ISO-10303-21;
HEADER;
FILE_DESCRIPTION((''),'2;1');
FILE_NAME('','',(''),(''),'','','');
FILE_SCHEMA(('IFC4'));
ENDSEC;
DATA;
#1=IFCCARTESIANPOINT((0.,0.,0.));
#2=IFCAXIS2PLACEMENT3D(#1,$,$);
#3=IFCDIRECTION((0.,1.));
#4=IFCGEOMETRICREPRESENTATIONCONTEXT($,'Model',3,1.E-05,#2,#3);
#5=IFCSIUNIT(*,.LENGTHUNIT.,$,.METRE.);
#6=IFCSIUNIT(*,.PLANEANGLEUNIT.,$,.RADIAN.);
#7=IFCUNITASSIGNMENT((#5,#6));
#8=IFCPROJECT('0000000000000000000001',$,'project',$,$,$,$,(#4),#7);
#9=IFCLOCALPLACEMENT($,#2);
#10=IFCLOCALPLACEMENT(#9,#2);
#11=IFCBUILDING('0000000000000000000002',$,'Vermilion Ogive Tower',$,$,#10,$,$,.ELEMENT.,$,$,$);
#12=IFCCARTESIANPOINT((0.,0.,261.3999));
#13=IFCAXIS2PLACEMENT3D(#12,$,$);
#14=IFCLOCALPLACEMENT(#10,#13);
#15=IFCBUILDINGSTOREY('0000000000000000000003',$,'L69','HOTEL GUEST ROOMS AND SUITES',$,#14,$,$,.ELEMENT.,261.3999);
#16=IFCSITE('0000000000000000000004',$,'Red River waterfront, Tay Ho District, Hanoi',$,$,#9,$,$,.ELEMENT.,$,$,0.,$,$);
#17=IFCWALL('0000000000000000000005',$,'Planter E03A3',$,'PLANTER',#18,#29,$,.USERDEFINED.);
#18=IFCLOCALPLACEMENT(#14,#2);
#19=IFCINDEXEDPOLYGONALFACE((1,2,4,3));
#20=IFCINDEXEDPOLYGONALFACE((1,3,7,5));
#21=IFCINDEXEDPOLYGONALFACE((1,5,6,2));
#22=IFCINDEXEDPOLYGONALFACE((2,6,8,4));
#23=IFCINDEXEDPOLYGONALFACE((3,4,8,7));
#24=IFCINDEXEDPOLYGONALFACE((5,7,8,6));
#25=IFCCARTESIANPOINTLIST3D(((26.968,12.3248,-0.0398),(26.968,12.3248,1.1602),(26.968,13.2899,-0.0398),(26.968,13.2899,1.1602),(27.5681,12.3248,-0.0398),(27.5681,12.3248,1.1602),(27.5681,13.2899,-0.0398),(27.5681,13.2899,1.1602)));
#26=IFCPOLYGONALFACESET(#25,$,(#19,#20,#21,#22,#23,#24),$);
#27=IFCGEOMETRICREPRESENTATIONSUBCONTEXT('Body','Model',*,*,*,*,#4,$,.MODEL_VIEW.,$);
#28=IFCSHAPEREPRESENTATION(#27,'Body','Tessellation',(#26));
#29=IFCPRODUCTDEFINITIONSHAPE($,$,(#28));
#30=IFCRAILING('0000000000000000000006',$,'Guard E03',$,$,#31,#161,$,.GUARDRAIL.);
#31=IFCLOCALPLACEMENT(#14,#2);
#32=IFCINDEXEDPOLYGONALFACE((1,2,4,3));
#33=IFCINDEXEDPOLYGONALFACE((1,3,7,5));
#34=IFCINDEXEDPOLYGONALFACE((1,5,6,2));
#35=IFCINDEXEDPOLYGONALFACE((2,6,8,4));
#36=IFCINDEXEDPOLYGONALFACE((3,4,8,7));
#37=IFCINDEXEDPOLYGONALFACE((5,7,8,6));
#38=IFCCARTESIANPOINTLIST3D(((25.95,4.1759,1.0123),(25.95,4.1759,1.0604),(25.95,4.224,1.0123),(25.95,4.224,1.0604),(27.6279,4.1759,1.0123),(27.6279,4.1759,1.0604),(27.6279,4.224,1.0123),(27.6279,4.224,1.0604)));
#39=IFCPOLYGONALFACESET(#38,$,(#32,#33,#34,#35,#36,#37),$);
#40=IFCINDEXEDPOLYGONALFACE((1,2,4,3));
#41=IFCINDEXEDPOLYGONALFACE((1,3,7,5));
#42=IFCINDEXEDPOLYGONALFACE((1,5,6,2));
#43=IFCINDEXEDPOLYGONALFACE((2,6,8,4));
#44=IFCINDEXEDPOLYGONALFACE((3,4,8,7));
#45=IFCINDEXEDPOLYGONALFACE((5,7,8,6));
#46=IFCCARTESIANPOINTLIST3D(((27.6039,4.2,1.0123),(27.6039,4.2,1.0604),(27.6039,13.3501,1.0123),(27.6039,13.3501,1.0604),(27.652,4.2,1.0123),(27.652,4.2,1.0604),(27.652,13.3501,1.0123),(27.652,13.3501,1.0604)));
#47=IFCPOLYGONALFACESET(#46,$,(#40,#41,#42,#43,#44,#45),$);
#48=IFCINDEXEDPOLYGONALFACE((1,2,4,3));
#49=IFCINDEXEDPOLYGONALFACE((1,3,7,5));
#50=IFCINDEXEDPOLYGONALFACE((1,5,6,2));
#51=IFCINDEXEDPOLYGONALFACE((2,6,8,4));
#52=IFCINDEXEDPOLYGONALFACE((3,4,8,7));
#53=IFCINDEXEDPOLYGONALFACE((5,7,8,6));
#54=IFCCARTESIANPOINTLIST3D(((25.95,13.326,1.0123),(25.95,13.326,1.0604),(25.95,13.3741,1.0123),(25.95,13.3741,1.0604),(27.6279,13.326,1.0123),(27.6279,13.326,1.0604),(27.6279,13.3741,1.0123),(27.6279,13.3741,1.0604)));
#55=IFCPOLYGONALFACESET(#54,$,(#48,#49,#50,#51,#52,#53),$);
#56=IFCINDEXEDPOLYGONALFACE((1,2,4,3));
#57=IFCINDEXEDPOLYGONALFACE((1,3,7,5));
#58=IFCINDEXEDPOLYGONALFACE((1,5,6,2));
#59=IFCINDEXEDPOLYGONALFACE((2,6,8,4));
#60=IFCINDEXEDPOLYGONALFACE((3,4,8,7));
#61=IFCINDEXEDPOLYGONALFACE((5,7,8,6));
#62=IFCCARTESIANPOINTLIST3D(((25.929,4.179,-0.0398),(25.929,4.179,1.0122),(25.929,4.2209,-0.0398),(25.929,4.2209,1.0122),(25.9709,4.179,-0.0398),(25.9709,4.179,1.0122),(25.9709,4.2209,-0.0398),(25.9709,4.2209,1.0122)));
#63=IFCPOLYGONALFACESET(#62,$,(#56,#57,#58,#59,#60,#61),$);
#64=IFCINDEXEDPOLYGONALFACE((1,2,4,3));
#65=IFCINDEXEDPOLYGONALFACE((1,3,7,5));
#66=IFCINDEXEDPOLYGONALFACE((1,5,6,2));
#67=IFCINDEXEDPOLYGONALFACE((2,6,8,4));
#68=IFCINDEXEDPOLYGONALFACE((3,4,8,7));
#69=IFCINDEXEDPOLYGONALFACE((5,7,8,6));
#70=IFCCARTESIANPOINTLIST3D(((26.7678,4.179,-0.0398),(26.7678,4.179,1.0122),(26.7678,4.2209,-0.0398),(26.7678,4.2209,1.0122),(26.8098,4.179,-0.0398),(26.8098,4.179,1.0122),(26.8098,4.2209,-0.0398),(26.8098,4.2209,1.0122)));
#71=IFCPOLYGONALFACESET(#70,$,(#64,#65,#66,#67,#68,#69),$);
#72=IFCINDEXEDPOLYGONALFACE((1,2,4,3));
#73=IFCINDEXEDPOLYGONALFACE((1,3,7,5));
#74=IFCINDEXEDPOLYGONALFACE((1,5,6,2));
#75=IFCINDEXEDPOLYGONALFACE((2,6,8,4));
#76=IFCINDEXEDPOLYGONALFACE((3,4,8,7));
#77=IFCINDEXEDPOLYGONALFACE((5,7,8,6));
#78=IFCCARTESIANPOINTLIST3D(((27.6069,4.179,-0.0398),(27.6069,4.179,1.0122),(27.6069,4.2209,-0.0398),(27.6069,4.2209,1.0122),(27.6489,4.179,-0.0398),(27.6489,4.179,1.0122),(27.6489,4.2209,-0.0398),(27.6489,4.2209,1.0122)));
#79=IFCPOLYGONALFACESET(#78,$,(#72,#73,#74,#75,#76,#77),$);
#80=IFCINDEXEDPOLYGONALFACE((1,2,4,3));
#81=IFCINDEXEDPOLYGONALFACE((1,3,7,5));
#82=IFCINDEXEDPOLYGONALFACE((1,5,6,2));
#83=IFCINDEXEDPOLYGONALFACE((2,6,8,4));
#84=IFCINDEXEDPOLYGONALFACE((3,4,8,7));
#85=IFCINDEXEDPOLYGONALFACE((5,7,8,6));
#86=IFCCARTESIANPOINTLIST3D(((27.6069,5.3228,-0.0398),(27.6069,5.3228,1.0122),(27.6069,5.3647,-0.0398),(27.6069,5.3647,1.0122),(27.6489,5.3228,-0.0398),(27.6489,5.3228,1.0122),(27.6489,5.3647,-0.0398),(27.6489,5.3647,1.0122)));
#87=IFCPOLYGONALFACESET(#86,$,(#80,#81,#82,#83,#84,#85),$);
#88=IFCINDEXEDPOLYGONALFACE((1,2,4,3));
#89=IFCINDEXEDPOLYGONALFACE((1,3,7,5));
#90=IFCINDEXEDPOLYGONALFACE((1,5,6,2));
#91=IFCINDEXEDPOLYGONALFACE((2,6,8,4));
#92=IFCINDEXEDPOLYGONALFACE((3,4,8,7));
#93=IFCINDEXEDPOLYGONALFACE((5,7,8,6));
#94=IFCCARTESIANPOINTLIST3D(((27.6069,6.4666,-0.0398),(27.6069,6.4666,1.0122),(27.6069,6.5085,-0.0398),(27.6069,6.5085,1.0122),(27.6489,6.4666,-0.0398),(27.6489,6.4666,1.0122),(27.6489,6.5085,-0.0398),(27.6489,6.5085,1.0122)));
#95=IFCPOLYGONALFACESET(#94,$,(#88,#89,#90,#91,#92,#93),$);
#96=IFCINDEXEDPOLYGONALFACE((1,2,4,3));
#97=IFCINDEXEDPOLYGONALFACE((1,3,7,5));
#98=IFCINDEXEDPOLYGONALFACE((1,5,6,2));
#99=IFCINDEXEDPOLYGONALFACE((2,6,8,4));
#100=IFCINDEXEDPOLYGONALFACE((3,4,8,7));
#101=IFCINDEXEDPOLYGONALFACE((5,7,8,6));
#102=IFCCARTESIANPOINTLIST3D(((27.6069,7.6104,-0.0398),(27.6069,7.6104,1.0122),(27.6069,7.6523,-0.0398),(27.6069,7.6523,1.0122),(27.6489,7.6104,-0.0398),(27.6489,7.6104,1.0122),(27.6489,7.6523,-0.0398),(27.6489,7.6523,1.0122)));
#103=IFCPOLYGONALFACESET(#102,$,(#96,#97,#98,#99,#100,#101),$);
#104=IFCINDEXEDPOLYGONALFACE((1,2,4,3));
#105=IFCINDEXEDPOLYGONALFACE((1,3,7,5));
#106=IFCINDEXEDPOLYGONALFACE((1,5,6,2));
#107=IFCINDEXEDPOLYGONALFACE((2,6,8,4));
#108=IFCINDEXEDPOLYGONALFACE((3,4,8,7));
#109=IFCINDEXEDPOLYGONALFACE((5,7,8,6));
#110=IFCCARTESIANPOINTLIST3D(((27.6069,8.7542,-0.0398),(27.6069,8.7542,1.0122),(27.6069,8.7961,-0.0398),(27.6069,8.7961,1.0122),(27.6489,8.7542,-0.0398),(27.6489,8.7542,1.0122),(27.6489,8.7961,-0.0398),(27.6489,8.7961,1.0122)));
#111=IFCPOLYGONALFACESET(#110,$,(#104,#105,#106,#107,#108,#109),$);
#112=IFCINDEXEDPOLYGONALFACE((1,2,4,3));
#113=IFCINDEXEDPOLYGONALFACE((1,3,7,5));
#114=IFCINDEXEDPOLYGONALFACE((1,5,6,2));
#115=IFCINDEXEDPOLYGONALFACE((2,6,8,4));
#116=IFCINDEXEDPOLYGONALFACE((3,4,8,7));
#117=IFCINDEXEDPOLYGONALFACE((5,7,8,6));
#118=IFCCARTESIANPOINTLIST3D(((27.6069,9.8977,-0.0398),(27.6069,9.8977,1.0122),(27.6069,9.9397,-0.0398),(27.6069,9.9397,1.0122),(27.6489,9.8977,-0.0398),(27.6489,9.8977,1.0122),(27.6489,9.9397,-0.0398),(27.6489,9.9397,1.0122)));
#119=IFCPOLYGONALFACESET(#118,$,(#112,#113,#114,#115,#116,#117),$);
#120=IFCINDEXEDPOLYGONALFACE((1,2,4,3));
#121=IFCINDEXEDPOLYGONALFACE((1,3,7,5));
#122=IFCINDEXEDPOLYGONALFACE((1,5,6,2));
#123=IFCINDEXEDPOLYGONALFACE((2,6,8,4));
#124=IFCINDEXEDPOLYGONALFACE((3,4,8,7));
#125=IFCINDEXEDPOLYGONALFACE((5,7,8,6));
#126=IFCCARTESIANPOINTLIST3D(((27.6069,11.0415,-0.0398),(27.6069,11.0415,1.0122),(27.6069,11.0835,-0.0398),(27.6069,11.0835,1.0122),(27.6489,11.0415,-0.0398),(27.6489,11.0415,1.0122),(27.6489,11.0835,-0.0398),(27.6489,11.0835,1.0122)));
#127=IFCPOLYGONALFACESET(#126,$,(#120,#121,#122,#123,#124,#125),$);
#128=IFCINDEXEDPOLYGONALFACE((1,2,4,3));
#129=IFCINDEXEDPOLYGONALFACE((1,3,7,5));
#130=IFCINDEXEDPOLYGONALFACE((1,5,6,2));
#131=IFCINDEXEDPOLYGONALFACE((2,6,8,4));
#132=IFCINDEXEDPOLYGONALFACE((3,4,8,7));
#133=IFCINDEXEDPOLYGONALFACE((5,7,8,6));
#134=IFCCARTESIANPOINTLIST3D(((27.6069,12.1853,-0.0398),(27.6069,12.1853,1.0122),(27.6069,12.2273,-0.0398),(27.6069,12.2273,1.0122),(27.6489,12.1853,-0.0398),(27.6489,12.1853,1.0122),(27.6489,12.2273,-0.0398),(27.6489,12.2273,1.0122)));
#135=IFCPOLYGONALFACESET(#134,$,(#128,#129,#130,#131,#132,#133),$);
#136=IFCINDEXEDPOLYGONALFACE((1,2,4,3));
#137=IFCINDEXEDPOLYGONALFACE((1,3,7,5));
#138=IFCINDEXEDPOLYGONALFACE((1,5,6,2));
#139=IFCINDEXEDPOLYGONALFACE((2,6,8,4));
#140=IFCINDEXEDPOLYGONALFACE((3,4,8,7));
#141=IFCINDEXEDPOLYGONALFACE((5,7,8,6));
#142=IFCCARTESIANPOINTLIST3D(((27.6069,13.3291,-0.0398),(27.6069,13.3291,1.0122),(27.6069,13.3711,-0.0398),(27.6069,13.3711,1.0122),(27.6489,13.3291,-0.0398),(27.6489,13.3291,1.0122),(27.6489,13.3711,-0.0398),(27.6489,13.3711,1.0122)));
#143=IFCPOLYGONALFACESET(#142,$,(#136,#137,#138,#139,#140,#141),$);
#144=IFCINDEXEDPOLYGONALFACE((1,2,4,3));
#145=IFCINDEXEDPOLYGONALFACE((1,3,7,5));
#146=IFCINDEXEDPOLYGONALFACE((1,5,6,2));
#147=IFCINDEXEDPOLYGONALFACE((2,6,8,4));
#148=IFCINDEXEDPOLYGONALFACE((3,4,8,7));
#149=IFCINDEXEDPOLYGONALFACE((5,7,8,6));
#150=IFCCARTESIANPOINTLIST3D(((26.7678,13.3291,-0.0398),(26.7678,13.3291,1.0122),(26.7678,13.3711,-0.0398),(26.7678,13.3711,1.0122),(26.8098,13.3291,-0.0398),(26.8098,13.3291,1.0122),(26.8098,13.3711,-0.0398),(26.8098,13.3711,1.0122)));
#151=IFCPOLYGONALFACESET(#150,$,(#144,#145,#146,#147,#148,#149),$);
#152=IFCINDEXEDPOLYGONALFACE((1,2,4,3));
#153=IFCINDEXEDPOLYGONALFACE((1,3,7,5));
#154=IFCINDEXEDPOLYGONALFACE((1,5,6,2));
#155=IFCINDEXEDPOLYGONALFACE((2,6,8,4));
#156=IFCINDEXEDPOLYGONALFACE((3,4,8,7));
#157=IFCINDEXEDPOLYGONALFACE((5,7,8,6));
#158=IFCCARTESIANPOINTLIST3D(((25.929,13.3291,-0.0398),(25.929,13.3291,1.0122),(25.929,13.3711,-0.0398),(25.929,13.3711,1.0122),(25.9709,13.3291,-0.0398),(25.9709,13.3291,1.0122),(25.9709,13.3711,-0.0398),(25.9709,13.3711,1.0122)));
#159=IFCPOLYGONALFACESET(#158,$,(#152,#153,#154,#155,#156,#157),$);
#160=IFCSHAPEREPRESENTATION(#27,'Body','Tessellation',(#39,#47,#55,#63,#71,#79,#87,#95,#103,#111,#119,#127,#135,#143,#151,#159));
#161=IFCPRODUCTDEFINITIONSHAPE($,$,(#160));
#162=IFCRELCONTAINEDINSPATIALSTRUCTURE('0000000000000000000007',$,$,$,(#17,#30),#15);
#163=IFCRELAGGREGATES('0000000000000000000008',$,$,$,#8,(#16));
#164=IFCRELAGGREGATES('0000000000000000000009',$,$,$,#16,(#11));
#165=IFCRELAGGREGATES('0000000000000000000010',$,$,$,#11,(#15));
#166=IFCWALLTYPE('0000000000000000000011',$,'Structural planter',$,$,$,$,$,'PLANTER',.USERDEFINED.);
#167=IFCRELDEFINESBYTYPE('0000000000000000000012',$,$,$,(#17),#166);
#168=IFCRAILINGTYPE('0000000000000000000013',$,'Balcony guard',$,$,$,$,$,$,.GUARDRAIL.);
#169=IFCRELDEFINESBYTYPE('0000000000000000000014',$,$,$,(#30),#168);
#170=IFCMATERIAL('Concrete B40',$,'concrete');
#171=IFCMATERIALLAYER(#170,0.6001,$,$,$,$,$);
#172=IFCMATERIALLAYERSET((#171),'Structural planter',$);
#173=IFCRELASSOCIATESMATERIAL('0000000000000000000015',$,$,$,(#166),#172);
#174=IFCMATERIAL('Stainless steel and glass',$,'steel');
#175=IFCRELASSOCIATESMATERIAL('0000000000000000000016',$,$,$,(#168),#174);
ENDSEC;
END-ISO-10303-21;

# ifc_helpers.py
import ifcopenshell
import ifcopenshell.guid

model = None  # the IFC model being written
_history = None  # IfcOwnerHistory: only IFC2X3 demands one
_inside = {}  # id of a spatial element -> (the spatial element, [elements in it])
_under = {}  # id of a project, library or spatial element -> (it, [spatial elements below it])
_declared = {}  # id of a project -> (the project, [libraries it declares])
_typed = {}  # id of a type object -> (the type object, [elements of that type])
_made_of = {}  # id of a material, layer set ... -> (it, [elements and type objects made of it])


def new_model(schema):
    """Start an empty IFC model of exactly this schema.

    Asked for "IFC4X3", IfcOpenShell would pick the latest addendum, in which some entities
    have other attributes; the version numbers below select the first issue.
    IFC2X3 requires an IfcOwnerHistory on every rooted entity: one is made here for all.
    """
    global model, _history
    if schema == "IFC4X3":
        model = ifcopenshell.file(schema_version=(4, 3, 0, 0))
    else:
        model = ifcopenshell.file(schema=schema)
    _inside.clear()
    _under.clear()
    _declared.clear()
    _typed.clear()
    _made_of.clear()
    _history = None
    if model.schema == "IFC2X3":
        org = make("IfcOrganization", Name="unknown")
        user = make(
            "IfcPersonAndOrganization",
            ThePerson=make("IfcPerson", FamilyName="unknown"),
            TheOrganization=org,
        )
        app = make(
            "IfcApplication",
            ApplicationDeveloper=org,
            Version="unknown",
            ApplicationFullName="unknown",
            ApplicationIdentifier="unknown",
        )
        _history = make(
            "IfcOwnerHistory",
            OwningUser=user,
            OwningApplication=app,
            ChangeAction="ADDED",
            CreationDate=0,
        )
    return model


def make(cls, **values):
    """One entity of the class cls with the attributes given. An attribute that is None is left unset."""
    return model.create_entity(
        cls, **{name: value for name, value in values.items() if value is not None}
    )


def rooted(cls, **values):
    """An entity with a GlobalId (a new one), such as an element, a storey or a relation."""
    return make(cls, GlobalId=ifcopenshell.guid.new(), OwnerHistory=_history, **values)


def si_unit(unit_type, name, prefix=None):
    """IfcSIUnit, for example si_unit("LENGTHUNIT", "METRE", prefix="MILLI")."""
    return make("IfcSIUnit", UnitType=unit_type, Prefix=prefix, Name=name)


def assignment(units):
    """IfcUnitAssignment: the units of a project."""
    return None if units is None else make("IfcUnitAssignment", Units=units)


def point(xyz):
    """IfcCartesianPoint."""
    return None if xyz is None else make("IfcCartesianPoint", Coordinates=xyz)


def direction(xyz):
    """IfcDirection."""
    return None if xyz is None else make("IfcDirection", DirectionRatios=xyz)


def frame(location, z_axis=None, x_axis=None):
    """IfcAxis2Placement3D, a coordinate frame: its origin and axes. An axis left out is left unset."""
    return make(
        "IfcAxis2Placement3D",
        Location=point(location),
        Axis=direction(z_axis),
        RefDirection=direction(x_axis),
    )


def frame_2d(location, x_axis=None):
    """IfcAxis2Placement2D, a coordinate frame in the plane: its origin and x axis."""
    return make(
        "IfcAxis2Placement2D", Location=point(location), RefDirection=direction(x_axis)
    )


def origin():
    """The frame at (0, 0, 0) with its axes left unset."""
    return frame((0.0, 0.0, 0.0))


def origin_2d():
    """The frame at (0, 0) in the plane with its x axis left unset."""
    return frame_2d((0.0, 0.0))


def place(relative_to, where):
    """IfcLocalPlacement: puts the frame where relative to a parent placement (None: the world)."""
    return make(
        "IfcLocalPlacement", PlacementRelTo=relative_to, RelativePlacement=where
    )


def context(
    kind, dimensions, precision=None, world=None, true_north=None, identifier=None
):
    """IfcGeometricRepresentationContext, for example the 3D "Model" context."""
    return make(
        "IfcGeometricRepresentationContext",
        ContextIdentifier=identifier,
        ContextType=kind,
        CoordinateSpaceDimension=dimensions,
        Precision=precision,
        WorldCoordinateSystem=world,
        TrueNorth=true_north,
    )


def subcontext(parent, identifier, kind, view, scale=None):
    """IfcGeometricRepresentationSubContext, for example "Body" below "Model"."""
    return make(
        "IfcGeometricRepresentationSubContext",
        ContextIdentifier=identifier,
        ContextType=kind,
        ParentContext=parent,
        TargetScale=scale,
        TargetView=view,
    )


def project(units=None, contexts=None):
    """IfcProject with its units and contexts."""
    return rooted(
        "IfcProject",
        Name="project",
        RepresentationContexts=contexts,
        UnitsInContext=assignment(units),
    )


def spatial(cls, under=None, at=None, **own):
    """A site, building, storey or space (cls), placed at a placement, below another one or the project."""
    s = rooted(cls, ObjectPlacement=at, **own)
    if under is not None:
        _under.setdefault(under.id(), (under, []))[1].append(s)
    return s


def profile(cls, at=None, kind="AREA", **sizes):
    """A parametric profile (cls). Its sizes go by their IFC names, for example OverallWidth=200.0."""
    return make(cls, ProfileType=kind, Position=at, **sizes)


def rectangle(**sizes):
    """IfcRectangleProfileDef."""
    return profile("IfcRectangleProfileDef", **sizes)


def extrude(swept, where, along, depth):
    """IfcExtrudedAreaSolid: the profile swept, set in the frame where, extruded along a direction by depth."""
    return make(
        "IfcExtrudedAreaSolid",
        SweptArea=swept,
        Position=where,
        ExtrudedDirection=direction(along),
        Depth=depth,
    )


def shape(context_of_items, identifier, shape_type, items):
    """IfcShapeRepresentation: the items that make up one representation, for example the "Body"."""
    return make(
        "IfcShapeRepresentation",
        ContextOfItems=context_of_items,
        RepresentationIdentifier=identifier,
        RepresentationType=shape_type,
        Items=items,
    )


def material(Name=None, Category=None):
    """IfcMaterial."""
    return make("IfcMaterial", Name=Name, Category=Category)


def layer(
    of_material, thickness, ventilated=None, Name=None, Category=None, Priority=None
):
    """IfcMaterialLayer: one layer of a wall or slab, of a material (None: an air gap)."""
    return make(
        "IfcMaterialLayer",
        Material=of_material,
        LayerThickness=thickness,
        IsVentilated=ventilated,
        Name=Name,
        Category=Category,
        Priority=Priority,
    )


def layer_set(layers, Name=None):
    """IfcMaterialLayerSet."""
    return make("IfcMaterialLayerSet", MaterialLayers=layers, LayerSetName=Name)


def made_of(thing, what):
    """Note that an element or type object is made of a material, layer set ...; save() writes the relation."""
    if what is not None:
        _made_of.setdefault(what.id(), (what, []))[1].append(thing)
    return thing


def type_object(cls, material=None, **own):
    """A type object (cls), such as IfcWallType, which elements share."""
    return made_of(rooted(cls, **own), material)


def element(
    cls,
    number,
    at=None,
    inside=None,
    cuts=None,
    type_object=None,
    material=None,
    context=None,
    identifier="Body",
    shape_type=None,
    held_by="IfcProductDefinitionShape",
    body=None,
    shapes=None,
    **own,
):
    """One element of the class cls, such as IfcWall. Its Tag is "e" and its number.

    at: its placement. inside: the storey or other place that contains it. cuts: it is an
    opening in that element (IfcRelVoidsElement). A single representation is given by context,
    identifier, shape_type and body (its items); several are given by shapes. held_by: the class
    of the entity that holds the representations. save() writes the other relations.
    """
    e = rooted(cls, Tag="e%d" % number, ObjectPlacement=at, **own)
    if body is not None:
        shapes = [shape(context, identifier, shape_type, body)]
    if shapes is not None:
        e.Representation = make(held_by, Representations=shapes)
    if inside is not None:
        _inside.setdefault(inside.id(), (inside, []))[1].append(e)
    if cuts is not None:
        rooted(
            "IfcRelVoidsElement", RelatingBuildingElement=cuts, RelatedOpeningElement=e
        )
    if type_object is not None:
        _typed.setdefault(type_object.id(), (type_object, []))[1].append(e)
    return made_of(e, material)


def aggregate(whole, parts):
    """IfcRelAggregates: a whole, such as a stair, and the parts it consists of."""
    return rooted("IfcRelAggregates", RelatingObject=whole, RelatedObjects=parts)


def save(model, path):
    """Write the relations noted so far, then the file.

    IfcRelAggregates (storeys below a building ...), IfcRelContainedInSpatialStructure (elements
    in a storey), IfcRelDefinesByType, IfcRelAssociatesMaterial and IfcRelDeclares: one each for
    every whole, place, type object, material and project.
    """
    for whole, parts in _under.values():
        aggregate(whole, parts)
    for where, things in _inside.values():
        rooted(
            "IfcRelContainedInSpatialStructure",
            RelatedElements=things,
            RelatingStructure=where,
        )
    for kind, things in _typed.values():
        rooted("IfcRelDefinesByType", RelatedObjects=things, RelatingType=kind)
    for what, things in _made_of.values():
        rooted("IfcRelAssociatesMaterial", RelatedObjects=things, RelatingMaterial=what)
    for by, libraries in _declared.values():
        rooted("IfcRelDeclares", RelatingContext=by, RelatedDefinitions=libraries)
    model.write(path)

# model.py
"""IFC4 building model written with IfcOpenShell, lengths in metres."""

from ifc_helpers import new_model, si_unit, direction, frame, frame_2d, origin, origin_2d, place, context, subcontext, project, spatial, rectangle, extrude, material, layer, layer_set, type_object, element, save


model = new_model("IFC4")

# Units and contexts
model_context = context("Model", 3, precision=1e-05, world=origin(), true_north=direction((0.0, 1.0)))
body_context = subcontext(model_context, "Body", "Model", "MODEL_VIEW")
ifc_project = project(units=[si_unit("LENGTHUNIT", "METRE"), si_unit("PLANEANGLEUNIT", "RADIAN")], contexts=[model_context])

# Site, building, storey
site_placement = place(None, origin())
site = spatial("IfcSite", under=ifc_project, at=site_placement, Name="Red River waterfront, Tay Ho District, Hanoi", CompositionType="ELEMENT", RefElevation=0.0)
building_placement = place(site_placement, origin())
building = spatial("IfcBuilding", under=site, at=building_placement, Name="Vermilion Ogive Tower", CompositionType="ELEMENT")
storey_placement = place(building_placement, frame((0.0, 0.0, 261.3999)))
storey = spatial("IfcBuildingStorey", under=building, at=storey_placement, Name="L69", Description="HOTEL GUEST ROOMS AND SUITES", CompositionType="ELEMENT", Elevation=261.3999)

# Wall
ifc_material_1 = material(Name="Concrete B40", Category="concrete")
ifc_layer_1 = layer(ifc_material_1, 0.6001)
ifc_layer_set_1 = layer_set([ifc_layer_1], Name="Structural planter")
wall_type_1 = type_object("IfcWallType", Name="Structural planter", ElementType="PLANTER", PredefinedType="USERDEFINED", material=ifc_layer_set_1)
wall_1_placement = place(storey_placement, frame((27.2681, 12.325, -0.0398), z_axis=(0.0, 0.0, 1.0), x_axis=(0.0, 1.0, 0.0)))
element("IfcWall", 1, at=wall_1_placement, inside=storey, type_object=wall_type_1, Name="Planter E03A3", ObjectType="PLANTER", PredefinedType="USERDEFINED", context=body_context, shape_type="SweptSolid", body=[
    extrude(rectangle(XDim=0.9651, YDim=0.6001, at=frame_2d((0.4824, 0.0))), origin(), (0.0, 0.0, 1.0), 1.2),
])

# Railing
ifc_material_2 = material(Name="Stainless steel and glass", Category="steel")
railing_type = type_object("IfcRailingType", Name="Balcony guard", PredefinedType="GUARDRAIL", material=ifc_material_2)
railing_placement = place(storey_placement, frame((25.95, 4.2, -0.0398)))
element("IfcRailing", 2, at=railing_placement, inside=storey, type_object=railing_type, Name="Guard E03", PredefinedType="GUARDRAIL", context=body_context, shape_type="SweptSolid", body=[
    extrude(rectangle(XDim=0.0481, YDim=0.0481, at=origin_2d()), frame((0.0, 0.0, 1.0762), z_axis=(1.0, 0.0, 0.0), x_axis=(0.0, 1.0, 0.0)), (0.0, 0.0, 1.0), 1.678),
    extrude(rectangle(XDim=0.0481, YDim=0.0481, at=origin_2d()), frame((1.678, 0.0, 1.0762), z_axis=(0.0, 1.0, 0.0), x_axis=(-1.0, 0.0, 0.0)), (0.0, 0.0, 1.0), 9.1501),
    extrude(rectangle(XDim=0.0481, YDim=0.0481, at=origin_2d()), frame((1.678, 9.1501, 1.0762), z_axis=(-1.0, 0.0, 0.0), x_axis=(0.0, -1.0, 0.0)), (0.0, 0.0, 1.0), 1.678),
    extrude(rectangle(XDim=0.042, YDim=0.042, at=origin_2d()), origin(), (0.0, 0.0, 1.0), 1.052),
    extrude(rectangle(XDim=0.042, YDim=0.042, at=origin_2d()), frame((0.8389, 0.0, 0.0)), (0.0, 0.0, 1.0), 1.052),
    extrude(rectangle(XDim=0.042, YDim=0.042, at=origin_2d()), frame((1.678, 0.0, 0.0)), (0.0, 0.0, 1.0), 1.052),
    extrude(rectangle(XDim=0.042, YDim=0.042, at=origin_2d()), frame((1.678, 1.1438, 0.0)), (0.0, 0.0, 1.0), 1.052),
    extrude(rectangle(XDim=0.042, YDim=0.042, at=origin_2d()), frame((1.678, 2.2876, 0.0)), (0.0, 0.0, 1.0), 1.052),
    extrude(rectangle(XDim=0.042, YDim=0.042, at=origin_2d()), frame((1.678, 3.4314, 0.0)), (0.0, 0.0, 1.0), 1.052),
    extrude(rectangle(XDim=0.042, YDim=0.042, at=origin_2d()), frame((1.678, 4.5752, 0.0)), (0.0, 0.0, 1.0), 1.052),
    extrude(rectangle(XDim=0.042, YDim=0.042, at=origin_2d()), frame((1.678, 5.7188, 0.0)), (0.0, 0.0, 1.0), 1.052),
    extrude(rectangle(XDim=0.042, YDim=0.042, at=origin_2d()), frame((1.678, 6.8625, 0.0)), (0.0, 0.0, 1.0), 1.052),
    extrude(rectangle(XDim=0.042, YDim=0.042, at=origin_2d()), frame((1.678, 8.0063, 0.0)), (0.0, 0.0, 1.0), 1.052),
    extrude(rectangle(XDim=0.042, YDim=0.042, at=origin_2d()), frame((1.678, 9.1501, 0.0)), (0.0, 0.0, 1.0), 1.052),
    extrude(rectangle(XDim=0.042, YDim=0.042, at=origin_2d()), frame((0.8389, 9.1501, 0.0)), (0.0, 0.0, 1.0), 1.052),
    extrude(rectangle(XDim=0.042, YDim=0.042, at=origin_2d()), frame((0.0, 9.1501, 0.0)), (0.0, 0.0, 1.0), 1.052),
])

save(model, "model.ifc")
